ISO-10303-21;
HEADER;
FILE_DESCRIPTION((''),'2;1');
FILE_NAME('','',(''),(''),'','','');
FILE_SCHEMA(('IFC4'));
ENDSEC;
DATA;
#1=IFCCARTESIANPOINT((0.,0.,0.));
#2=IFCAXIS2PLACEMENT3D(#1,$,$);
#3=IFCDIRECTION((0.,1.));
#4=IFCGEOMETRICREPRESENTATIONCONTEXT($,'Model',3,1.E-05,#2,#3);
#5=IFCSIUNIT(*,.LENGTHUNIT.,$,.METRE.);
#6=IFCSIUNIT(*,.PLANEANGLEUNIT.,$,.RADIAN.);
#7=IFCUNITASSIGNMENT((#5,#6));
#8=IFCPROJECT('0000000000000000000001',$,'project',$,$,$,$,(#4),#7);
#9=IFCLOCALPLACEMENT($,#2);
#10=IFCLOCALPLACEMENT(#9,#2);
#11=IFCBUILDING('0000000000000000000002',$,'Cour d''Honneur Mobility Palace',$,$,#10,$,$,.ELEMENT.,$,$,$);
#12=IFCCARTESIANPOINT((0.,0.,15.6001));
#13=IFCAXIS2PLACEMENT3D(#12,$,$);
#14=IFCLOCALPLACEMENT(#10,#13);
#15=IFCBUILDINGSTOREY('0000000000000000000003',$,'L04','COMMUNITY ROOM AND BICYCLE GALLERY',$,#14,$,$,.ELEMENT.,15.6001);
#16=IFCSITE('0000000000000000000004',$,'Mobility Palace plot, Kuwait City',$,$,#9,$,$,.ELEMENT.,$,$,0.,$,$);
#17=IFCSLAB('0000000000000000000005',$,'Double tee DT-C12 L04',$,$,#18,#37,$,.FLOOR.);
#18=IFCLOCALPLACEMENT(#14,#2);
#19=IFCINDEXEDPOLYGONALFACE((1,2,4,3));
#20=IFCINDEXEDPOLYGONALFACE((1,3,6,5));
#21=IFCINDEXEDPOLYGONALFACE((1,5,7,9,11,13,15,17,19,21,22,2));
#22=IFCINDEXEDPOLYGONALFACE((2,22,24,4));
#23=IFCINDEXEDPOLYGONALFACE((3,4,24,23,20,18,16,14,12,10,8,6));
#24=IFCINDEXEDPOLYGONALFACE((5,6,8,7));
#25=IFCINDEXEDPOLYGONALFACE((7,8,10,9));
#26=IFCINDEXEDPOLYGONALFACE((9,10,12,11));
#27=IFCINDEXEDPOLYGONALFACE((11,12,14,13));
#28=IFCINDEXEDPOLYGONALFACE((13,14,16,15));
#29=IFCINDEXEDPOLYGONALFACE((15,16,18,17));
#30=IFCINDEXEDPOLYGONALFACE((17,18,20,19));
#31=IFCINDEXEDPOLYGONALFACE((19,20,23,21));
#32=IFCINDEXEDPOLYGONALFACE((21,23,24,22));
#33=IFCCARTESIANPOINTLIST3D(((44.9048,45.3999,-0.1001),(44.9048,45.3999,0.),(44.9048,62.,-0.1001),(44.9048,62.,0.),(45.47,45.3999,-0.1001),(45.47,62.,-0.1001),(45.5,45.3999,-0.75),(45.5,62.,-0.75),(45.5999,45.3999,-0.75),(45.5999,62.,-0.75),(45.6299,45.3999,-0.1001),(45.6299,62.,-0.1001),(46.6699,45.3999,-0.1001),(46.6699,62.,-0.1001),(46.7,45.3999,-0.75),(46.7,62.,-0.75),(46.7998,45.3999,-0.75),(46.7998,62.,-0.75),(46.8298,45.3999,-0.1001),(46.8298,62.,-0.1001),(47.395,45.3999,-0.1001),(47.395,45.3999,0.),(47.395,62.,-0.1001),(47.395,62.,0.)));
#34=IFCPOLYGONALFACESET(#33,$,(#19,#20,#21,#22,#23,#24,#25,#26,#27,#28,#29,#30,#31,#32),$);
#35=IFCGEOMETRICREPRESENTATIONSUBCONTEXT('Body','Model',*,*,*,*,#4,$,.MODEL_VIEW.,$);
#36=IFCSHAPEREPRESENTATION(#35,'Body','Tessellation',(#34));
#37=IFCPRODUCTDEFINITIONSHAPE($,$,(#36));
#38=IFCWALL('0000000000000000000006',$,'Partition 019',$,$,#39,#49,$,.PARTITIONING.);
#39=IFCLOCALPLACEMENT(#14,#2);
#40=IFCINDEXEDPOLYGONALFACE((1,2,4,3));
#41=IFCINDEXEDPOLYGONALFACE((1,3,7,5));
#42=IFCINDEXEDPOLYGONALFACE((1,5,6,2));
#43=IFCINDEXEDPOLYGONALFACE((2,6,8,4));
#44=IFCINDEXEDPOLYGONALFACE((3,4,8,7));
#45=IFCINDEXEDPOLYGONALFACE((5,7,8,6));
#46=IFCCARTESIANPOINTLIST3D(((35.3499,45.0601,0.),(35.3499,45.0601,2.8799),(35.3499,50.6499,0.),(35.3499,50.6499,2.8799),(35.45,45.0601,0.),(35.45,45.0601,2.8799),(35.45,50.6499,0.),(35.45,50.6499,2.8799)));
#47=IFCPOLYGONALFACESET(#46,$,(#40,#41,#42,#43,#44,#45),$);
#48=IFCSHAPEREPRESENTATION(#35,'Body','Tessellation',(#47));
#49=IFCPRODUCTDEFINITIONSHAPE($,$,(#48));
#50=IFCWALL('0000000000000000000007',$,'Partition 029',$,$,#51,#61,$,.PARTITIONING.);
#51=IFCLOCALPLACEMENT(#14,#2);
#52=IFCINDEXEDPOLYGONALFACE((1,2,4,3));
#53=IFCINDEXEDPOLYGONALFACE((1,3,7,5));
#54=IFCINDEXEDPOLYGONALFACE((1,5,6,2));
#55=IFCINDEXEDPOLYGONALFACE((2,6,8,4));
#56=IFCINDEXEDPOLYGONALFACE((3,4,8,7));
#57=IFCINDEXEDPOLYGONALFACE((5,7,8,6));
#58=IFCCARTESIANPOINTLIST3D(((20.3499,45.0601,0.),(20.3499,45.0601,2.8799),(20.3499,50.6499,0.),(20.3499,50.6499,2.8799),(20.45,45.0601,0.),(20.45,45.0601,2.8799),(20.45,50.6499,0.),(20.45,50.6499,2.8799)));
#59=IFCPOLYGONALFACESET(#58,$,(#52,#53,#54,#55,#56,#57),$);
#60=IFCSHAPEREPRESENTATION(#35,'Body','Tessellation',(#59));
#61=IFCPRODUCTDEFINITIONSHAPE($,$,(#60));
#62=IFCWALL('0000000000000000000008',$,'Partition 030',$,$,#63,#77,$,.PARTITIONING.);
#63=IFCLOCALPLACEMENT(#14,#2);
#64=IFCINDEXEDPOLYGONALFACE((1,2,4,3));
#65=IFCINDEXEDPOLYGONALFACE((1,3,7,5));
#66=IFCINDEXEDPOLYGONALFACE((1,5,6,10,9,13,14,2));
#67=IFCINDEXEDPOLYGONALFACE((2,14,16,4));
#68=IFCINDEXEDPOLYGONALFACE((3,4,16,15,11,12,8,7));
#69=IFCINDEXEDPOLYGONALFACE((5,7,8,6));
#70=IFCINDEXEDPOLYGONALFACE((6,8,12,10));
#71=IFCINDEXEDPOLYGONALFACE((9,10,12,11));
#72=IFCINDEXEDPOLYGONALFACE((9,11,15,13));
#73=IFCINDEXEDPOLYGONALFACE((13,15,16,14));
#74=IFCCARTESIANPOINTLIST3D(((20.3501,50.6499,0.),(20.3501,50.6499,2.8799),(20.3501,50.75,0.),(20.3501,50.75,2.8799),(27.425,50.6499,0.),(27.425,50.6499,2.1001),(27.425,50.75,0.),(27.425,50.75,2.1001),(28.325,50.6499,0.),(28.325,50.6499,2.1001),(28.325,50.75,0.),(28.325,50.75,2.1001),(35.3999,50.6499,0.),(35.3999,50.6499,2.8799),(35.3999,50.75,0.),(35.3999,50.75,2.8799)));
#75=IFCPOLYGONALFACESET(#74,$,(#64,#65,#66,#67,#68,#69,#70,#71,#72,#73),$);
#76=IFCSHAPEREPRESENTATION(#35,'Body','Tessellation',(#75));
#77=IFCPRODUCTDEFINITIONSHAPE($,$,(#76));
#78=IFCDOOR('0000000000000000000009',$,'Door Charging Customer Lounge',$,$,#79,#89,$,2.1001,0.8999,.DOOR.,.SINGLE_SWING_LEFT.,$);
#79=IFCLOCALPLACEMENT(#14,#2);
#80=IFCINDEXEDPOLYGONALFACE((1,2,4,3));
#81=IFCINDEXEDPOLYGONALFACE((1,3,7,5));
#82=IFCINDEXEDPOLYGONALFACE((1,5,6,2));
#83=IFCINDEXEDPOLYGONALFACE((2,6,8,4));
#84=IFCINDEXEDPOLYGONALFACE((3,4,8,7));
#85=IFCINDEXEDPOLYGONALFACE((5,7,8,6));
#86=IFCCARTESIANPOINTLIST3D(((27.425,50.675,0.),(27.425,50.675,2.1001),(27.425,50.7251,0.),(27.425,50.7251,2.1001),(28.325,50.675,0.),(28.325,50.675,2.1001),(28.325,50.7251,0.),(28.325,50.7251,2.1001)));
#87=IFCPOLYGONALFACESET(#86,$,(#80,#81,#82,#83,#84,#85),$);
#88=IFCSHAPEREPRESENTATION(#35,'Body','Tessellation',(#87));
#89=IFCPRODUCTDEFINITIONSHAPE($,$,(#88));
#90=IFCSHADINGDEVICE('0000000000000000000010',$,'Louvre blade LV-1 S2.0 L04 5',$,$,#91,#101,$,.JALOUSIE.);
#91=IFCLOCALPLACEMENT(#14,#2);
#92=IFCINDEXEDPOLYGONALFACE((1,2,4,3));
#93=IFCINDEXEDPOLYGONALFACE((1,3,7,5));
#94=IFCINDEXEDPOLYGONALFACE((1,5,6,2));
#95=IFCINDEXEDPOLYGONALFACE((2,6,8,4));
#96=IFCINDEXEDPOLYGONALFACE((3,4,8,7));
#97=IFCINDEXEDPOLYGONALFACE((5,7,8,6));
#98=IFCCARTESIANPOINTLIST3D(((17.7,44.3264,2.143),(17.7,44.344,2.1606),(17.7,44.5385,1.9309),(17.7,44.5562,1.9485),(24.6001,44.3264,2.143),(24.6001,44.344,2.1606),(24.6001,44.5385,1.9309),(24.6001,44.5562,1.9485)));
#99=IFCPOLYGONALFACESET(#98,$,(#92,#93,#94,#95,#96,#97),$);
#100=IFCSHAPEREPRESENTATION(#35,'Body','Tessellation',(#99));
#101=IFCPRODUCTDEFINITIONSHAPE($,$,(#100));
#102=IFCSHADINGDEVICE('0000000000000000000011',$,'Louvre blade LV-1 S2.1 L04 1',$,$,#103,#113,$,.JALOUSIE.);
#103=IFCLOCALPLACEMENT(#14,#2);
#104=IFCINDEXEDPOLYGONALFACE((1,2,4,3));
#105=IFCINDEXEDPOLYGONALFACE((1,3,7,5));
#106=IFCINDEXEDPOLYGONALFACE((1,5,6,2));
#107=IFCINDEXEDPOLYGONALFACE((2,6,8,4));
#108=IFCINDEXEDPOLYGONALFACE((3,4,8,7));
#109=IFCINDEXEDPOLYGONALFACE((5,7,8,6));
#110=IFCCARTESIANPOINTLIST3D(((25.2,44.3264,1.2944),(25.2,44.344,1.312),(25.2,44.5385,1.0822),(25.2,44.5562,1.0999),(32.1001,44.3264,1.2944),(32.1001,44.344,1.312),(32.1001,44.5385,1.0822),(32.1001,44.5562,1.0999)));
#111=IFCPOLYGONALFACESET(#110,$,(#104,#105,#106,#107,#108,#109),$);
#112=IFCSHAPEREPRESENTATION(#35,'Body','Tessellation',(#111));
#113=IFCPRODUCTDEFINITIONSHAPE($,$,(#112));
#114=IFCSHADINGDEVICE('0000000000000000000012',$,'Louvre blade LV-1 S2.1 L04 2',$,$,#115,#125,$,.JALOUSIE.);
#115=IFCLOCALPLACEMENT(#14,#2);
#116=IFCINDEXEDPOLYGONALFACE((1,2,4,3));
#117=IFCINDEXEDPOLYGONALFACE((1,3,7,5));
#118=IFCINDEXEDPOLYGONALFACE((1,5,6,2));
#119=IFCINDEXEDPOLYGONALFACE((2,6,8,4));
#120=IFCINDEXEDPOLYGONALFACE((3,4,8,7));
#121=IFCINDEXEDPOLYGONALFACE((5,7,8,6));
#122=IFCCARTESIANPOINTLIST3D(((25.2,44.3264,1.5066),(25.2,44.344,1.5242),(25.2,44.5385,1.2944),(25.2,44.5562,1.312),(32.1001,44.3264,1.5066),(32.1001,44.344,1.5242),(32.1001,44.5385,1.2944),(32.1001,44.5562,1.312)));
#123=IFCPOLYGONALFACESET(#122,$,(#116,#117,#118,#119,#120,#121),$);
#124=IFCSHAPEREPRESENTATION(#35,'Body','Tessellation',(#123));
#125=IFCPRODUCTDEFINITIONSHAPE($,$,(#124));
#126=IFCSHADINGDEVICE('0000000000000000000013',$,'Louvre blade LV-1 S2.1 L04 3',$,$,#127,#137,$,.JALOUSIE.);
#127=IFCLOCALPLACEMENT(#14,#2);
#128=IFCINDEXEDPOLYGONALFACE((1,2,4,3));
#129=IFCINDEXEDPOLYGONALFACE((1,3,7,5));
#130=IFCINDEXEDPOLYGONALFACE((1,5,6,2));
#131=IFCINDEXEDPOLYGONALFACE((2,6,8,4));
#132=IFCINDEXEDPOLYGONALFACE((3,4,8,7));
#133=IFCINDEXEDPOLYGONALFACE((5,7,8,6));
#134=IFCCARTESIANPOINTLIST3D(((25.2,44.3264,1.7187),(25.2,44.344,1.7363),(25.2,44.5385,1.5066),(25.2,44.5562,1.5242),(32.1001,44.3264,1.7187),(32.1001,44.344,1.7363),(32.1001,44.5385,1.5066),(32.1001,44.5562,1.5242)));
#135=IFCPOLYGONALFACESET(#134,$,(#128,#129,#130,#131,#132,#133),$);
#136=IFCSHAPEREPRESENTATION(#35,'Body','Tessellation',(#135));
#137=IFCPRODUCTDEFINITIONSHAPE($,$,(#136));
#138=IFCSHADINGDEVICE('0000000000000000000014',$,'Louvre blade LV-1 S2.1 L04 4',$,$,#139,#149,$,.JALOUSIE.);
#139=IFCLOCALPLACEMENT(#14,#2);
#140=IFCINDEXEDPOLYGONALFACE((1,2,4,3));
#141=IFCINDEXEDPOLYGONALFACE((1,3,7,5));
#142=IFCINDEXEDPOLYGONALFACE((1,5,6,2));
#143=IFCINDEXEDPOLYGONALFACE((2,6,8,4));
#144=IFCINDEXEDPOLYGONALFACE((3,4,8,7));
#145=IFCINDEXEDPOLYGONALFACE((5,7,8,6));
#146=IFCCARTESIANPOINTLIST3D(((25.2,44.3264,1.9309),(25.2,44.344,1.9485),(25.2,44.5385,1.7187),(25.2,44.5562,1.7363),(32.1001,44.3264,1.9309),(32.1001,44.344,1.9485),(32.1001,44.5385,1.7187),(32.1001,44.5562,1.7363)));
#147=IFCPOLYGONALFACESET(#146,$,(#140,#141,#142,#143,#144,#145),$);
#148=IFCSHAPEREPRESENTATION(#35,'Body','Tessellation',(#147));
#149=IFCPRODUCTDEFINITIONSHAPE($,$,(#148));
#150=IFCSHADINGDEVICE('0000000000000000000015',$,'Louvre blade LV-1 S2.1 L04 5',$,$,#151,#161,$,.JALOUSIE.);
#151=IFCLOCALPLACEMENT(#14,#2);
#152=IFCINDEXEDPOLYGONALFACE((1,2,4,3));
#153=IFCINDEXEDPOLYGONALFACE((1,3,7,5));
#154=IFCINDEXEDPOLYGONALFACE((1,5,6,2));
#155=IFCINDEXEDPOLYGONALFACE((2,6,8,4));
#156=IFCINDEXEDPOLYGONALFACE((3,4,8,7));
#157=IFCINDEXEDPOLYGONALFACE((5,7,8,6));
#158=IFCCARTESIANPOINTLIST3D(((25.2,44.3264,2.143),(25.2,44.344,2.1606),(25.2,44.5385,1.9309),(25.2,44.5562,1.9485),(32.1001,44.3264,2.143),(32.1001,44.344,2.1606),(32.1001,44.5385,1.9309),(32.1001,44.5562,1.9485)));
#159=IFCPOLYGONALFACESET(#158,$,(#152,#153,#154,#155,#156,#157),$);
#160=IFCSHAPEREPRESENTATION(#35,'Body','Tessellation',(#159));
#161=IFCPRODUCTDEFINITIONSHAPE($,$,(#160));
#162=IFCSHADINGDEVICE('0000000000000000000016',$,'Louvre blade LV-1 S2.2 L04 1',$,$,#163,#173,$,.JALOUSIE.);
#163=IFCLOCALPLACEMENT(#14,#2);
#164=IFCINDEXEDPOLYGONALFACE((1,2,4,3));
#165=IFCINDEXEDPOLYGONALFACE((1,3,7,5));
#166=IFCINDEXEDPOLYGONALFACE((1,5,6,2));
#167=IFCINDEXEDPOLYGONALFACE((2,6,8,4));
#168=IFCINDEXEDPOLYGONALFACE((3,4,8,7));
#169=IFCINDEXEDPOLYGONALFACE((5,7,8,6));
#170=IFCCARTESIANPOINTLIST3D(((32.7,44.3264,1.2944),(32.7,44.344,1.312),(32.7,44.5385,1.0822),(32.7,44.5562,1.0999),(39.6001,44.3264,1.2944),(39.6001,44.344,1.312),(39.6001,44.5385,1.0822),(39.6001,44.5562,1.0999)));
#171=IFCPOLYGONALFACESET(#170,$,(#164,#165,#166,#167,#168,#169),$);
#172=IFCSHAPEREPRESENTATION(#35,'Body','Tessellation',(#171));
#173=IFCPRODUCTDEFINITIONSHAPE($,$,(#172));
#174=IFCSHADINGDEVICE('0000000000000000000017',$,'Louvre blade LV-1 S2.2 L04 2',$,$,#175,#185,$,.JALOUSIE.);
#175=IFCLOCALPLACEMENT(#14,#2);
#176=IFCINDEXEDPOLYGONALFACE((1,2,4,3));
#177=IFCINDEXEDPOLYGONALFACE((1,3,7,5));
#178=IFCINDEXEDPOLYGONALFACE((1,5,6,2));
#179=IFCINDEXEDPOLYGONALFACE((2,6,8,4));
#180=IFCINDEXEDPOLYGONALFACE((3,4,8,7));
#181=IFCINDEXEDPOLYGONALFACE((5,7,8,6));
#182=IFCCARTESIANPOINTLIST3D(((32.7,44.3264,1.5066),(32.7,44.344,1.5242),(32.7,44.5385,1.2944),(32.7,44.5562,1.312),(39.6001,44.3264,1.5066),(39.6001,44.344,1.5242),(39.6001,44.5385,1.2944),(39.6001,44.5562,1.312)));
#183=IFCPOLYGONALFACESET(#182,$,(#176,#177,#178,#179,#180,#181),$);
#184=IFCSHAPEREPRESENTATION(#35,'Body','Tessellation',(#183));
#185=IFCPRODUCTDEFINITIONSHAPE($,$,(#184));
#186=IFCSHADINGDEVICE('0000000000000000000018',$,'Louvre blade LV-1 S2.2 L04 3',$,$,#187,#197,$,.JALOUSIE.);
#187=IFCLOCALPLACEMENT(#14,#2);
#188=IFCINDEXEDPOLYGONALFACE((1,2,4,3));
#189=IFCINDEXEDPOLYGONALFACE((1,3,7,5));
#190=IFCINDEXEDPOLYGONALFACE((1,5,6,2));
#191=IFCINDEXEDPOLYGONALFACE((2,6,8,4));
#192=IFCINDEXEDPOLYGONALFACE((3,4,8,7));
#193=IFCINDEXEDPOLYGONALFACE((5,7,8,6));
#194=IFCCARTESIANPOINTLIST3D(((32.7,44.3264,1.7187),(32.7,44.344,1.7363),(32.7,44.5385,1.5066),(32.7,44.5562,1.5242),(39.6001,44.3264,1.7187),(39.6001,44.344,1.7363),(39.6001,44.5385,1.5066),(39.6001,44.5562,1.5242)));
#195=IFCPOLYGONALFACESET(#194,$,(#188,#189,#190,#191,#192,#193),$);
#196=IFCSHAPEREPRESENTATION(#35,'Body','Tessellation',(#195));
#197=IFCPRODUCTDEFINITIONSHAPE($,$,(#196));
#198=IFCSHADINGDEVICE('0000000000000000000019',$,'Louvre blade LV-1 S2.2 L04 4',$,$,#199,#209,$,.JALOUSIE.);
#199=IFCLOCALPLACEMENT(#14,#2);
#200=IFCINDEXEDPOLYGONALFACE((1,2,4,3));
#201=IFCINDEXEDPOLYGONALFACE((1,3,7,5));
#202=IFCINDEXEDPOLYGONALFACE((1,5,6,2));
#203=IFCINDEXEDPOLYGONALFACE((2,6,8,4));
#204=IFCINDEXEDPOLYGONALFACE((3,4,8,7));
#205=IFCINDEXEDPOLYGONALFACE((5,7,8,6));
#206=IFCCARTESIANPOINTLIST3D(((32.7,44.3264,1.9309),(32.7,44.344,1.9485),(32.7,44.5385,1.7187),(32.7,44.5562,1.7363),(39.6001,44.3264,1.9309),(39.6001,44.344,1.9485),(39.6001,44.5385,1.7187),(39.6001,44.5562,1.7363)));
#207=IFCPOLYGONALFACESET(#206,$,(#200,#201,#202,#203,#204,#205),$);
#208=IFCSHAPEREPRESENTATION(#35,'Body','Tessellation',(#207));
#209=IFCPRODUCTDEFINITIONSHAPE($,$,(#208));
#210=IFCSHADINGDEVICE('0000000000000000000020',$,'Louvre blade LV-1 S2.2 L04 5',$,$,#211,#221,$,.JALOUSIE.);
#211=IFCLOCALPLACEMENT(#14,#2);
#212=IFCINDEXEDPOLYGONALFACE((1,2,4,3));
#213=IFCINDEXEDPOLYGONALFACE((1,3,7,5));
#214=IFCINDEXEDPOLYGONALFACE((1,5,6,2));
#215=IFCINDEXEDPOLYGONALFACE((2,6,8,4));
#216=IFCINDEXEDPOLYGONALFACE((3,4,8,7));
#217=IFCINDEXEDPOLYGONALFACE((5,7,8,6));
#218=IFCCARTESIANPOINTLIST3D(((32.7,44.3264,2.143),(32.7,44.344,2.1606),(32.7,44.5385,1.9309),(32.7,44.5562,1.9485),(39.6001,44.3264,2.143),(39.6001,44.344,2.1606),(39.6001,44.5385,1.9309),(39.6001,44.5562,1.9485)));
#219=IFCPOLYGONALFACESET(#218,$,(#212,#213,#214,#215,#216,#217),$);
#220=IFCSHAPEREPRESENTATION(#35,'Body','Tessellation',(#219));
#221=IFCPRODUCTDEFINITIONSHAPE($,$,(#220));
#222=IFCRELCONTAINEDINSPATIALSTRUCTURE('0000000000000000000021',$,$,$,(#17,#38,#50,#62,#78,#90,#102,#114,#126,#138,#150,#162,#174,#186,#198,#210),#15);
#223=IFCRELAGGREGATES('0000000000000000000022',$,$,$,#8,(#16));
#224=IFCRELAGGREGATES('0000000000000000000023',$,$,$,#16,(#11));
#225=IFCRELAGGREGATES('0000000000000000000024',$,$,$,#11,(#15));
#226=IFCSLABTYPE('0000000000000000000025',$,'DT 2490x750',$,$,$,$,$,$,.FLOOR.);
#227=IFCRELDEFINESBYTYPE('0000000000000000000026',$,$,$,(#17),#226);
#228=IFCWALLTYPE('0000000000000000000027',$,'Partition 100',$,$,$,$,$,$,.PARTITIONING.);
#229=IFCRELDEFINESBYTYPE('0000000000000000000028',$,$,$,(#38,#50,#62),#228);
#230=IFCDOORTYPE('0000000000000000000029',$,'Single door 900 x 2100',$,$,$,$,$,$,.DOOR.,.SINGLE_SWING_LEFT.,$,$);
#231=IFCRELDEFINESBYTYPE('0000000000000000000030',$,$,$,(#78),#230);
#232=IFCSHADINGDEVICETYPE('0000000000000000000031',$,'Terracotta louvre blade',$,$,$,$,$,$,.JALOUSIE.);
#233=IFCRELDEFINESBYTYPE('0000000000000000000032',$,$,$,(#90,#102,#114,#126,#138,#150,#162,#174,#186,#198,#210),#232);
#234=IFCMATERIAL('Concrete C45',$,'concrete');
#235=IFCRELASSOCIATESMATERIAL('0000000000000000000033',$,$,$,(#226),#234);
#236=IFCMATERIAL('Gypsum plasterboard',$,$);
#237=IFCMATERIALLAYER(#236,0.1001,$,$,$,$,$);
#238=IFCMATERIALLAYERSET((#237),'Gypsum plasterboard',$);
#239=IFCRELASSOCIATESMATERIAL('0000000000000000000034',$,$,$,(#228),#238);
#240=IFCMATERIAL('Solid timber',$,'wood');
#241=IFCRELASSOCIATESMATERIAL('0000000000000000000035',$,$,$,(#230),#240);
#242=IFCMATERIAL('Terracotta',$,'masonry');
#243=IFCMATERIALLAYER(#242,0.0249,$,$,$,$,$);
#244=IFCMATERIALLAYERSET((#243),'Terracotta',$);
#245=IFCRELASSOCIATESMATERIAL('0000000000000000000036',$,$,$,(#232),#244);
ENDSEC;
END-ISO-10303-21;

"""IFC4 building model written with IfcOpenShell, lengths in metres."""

from ifc_helpers import new_model, si_unit, direction, frame, frame_2d, origin, place, context, subcontext, project, spatial, polyline, rectangle, outline, extrude, material, layer, layer_set, material_profile, profile_set, type_object, element, fill, save


model = new_model("IFC4")

# Units and contexts
model_context = context("Model", 3, precision=1e-05, world=origin(), true_north=direction((0.0, 1.0)))
body_context = subcontext(model_context, "Body", "Model", "MODEL_VIEW")
ifc_project = project(units=[si_unit("LENGTHUNIT", "METRE"), si_unit("PLANEANGLEUNIT", "RADIAN")], contexts=[model_context])

# Site, building, storey
site_placement = place(None, origin())
site = spatial("IfcSite", under=ifc_project, at=site_placement, Name="Mobility Palace plot, Kuwait City", CompositionType="ELEMENT", RefElevation=0.0)
building_placement = place(site_placement, origin())
building = spatial("IfcBuilding", under=site, at=building_placement, Name="Cour d'Honneur Mobility Palace", CompositionType="ELEMENT")
storey_placement = place(building_placement, frame((0.0, 0.0, 15.6001)))
storey = spatial("IfcBuildingStorey", under=building, at=storey_placement, Name="L04", Description="COMMUNITY ROOM AND BICYCLE GALLERY", CompositionType="ELEMENT", Elevation=15.6001)

# Slab
ifc_material_1 = material(Name="Concrete C45", Category="concrete")
ifc_material_profile_1 = material_profile(ifc_material_1, outline(polyline([(-1.2451, 0.0), (1.2451, 0.0), (1.2451, -0.1001), (0.6799, -0.1001), (0.6499, -0.75), (0.55, -0.75), (0.52, -0.1001), (-0.52, -0.1001), (-0.55, -0.75), (-0.6499, -0.75), (-0.6799, -0.1001), (-1.2451, -0.1001), (-1.2451, 0.0)])), Name="DT 2490x750")
ifc_profile_set_1 = profile_set([ifc_material_profile_1], Name="Concrete C45")
slab_type = type_object("IfcSlabType", Name="DT 2490x750", PredefinedType="FLOOR", material=ifc_profile_set_1)
slab_1_placement = place(storey_placement, frame((46.1499, 45.3999, 0.0), z_axis=(0.0, 1.0, 0.0), x_axis=(-1.0, 0.0, 0.0)))
element("IfcSlab", 1, at=slab_1_placement, inside=storey, type_object=slab_type, Name="Double tee DT-C12 L04", PredefinedType="FLOOR", context=body_context, shape_type="SweptSolid", body=[
    extrude(outline(polyline([(-1.2451, 0.0), (1.2451, 0.0), (1.2451, -0.1001), (0.6799, -0.1001), (0.6499, -0.75), (0.55, -0.75), (0.52, -0.1001), (-0.52, -0.1001), (-0.55, -0.75), (-0.6499, -0.75), (-0.6799, -0.1001), (-1.2451, -0.1001), (-1.2451, 0.0)])), origin(), (0.0, 0.0, 1.0), 16.6001),
])

# Walls
ifc_material_2 = material(Name="Gypsum plasterboard")
ifc_layer_1 = layer(ifc_material_2, 0.1001)
ifc_layer_set_1 = layer_set([ifc_layer_1], Name="Gypsum plasterboard")
wall_type = type_object("IfcWallType", Name="Partition 100", PredefinedType="PARTITIONING", material=ifc_layer_set_1)
for number, where, z_axis, x_axis, name in (
    (2, (35.3999, 45.0601, 0.0), (0.0, 0.0, 1.0), (0.0, 1.0, 0.0), "Partition 019"),
    (3, (20.3999, 50.6499, 0.0), (0.0, 0.0, 1.0), (0.0, -1.0, 0.0), "Partition 029"),
):
    element("IfcWall", number, at=place(storey_placement, frame(where, z_axis=z_axis, x_axis=x_axis)), inside=storey, type_object=wall_type, Name=name, PredefinedType="PARTITIONING", context=body_context, shape_type="SweptSolid", body=[
        extrude(rectangle(XDim=5.5898, YDim=0.1001, at=frame_2d((2.7949, 0.0))), origin(), (0.0, 0.0, 1.0), 2.8799),
    ])

# Wall, opening, door
wall_placement = place(storey_placement, frame((35.3999, 50.7, 0.0), z_axis=(0.0, 0.0, 1.0), x_axis=(-1.0, 0.0, 0.0)))
wall = element("IfcWall", 4, at=wall_placement, inside=storey, type_object=wall_type, Name="Partition 030", PredefinedType="PARTITIONING", context=body_context, shape_type="SweptSolid", body=[
    extrude(rectangle(XDim=15.0498, YDim=0.1001, at=frame_2d((7.5249, 0.0))), origin(), (0.0, 0.0, 1.0), 2.8799),
])
opening_placement = place(wall_placement, frame((7.075, 0.0, 0.0)))
opening = element("IfcOpeningElement", 5, at=opening_placement, cuts=wall, PredefinedType="OPENING", context=body_context, shape_type="SweptSolid", body=[
    extrude(rectangle(XDim=0.8999, YDim=2.1001, at=frame_2d((0.45, 1.05))), frame((0.0, 0.0601, 0.0), z_axis=(0.0, -1.0, 0.0), x_axis=(1.0, 0.0, 0.0)), (0.0, 0.0, 1.0), 0.1201),
])
ifc_material_3 = material(Name="Solid timber", Category="wood")
door_type = type_object("IfcDoorType", Name="Single door 900 x 2100", OperationType="SINGLE_SWING_LEFT", PredefinedType="DOOR", material=ifc_material_3)
door_placement = place(opening_placement, origin())
door = element("IfcDoor", 6, at=door_placement, inside=storey, type_object=door_type, Name="Door Charging Customer Lounge", OperationType="SINGLE_SWING_LEFT", OverallHeight=2.1001, OverallWidth=0.8999, PredefinedType="DOOR", context=body_context, shape_type="SweptSolid", body=[
    extrude(rectangle(XDim=0.8999, YDim=2.1001, at=frame_2d((0.45, 1.05))), frame((0.0, 0.0249, 0.0), z_axis=(0.0, -1.0, 0.0), x_axis=(1.0, 0.0, 0.0)), (0.0, 0.0, 1.0), 0.05),
])
fill(opening, door)

# Shading devices
ifc_material_4 = material(Name="Terracotta", Category="masonry")
ifc_layer_2 = layer(ifc_material_4, 0.0249)
ifc_layer_set_2 = layer_set([ifc_layer_2], Name="Terracotta")
shading_device_type = type_object("IfcShadingDeviceType", Name="Terracotta louvre blade", PredefinedType="JALOUSIE", material=ifc_layer_set_2)
for number, where, z_axis, x_axis, name in (
    (7, (17.7, 44.5562, 1.9485), (0.0, 0.707107, 0.707107), (1.0, 0.0, 0.0), "Louvre blade LV-1 S2.0 L04 5"),
    (8, (25.2, 44.5562, 1.0999), (0.0, 0.707107, 0.707107), (1.0, 0.0, 0.0), "Louvre blade LV-1 S2.1 L04 1"),
    (9, (25.2, 44.5562, 1.312), (0.0, 0.707107, 0.707107), (1.0, 0.0, 0.0), "Louvre blade LV-1 S2.1 L04 2"),
    (10, (25.2, 44.5562, 1.5242), (0.0, 0.707107, 0.707107), (1.0, 0.0, 0.0), "Louvre blade LV-1 S2.1 L04 3"),
    (11, (25.2, 44.5562, 1.7363), (0.0, 0.707107, 0.707107), (1.0, 0.0, 0.0), "Louvre blade LV-1 S2.1 L04 4"),
    (12, (25.2, 44.5562, 1.9485), (0.0, 0.707107, 0.707107), (1.0, 0.0, 0.0), "Louvre blade LV-1 S2.1 L04 5"),
    (13, (32.7, 44.5562, 1.0999), (0.0, 0.707107, 0.707107), (1.0, 0.0, 0.0), "Louvre blade LV-1 S2.2 L04 1"),
    (14, (32.7, 44.5562, 1.312), (0.0, 0.707107, 0.707107), (1.0, 0.0, 0.0), "Louvre blade LV-1 S2.2 L04 2"),
    (15, (32.7, 44.5562, 1.5242), (0.0, 0.707107, 0.707107), (1.0, 0.0, 0.0), "Louvre blade LV-1 S2.2 L04 3"),
    (16, (32.7, 44.5562, 1.7363), (0.0, 0.707107, 0.707107), (1.0, 0.0, 0.0), "Louvre blade LV-1 S2.2 L04 4"),
    (17, (32.7, 44.5562, 1.9485), (0.0, 0.707107, 0.707107), (1.0, 0.0, 0.0), "Louvre blade LV-1 S2.2 L04 5"),
):
    element("IfcShadingDevice", number, at=place(storey_placement, frame(where, z_axis=z_axis, x_axis=x_axis)), inside=storey, type_object=shading_device_type, Name=name, PredefinedType="JALOUSIE", context=body_context, shape_type="SweptSolid", body=[
        extrude(outline(polyline([(0.0, 0.0), (6.9001, 0.0), (6.9001, -0.3), (0.0, -0.3), (0.0, 0.0)])), origin(), (0.0, 0.0, -1.0), 0.0249),
    ])

save(model, "model.ifc")
